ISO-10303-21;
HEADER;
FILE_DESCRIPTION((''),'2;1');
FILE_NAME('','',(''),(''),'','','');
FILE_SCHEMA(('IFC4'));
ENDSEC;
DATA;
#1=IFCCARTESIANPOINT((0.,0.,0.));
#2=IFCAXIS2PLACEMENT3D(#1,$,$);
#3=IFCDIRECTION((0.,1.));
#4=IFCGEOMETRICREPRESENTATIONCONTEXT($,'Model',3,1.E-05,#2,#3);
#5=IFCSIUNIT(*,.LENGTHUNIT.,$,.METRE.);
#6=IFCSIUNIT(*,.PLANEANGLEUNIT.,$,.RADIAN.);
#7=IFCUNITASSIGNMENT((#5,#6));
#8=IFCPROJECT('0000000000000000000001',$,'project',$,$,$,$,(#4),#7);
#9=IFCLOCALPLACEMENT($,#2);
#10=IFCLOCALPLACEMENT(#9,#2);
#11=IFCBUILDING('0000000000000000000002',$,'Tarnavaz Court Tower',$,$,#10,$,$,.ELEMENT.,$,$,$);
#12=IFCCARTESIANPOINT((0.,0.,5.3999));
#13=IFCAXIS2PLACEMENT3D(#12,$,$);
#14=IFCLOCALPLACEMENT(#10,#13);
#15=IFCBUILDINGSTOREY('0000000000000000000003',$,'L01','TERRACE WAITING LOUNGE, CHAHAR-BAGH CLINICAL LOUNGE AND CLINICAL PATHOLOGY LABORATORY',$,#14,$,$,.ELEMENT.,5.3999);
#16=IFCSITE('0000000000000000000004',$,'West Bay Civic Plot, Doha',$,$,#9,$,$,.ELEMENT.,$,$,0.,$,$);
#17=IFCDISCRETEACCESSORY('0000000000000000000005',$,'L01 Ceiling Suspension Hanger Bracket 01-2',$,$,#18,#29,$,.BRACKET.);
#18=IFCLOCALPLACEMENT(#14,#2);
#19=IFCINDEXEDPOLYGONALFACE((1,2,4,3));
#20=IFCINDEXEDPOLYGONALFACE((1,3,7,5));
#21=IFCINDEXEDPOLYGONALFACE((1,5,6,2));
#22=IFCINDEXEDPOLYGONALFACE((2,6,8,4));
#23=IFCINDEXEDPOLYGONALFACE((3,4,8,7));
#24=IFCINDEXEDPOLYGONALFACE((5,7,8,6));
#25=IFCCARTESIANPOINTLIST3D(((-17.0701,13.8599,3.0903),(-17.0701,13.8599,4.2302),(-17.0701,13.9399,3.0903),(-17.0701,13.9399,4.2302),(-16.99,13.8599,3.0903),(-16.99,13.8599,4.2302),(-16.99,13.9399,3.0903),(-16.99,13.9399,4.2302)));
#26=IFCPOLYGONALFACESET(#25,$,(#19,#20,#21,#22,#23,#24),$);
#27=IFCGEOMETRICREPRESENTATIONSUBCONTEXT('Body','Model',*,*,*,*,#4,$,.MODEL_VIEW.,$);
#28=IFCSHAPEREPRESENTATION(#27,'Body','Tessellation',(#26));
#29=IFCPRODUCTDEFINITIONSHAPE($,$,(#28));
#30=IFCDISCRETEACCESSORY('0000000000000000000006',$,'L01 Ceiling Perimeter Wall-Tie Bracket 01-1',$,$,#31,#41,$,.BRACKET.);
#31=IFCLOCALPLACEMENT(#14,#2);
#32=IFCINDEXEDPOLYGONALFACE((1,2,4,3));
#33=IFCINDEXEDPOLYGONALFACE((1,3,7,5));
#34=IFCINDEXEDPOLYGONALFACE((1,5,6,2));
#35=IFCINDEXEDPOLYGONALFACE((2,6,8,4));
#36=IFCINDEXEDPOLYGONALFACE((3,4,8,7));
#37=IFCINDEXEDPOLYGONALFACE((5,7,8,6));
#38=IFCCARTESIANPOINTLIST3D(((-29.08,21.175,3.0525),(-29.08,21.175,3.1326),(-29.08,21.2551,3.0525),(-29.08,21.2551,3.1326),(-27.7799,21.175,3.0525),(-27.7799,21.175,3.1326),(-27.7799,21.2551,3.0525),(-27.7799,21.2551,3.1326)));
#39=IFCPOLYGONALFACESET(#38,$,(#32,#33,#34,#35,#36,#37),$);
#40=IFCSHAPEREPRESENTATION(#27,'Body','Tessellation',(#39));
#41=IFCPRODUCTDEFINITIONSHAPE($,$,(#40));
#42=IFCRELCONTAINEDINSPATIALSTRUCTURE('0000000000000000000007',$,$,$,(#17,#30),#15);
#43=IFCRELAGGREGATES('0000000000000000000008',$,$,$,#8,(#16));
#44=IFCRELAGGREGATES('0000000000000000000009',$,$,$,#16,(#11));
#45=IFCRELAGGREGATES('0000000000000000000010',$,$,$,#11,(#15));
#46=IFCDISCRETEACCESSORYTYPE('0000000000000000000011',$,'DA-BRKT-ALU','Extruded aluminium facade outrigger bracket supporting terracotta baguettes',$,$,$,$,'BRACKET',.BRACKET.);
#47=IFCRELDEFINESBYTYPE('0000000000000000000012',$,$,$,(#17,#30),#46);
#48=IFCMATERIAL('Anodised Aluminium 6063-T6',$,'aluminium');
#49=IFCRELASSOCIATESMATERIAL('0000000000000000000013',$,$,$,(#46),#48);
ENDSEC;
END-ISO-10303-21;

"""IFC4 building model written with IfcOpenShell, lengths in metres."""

from ifc_helpers import new_model, si_unit, direction, frame, origin, origin_2d, place, context, subcontext, project, spatial, rectangle, extrude, material, type_object, element, save


model = new_model("IFC4")

# Units and contexts
model_context = context("Model", 3, precision=1e-05, world=origin(), true_north=direction((0.0, 1.0)))
body_context = subcontext(model_context, "Body", "Model", "MODEL_VIEW")
ifc_project = project(units=[si_unit("LENGTHUNIT", "METRE"), si_unit("PLANEANGLEUNIT", "RADIAN")], contexts=[model_context])

# Site, building, storey
site_placement = place(None, origin())
site = spatial("IfcSite", under=ifc_project, at=site_placement, Name="West Bay Civic Plot, Doha", CompositionType="ELEMENT", RefElevation=0.0)
building_placement = place(site_placement, origin())
building = spatial("IfcBuilding", under=site, at=building_placement, Name="Tarnavaz Court Tower", CompositionType="ELEMENT")
storey_placement = place(building_placement, frame((0.0, 0.0, 5.3999)))
storey = spatial("IfcBuildingStorey", under=building, at=storey_placement, Name="L01", Description="TERRACE WAITING LOUNGE, CHAHAR-BAGH CLINICAL LOUNGE AND CLINICAL PATHOLOGY LABORATORY", CompositionType="ELEMENT", Elevation=5.3999)

# Discrete accessories
ifc_material_1 = material(Name="Anodised Aluminium 6063-T6", Category="aluminium")
discrete_accessory_type = type_object("IfcDiscreteAccessoryType", Name="DA-BRKT-ALU", Description="Extruded aluminium facade outrigger bracket supporting terracotta baguettes", ElementType="BRACKET", PredefinedType="BRACKET", material=ifc_material_1)
for number, where, z_axis, x_axis, name in (
    (1, (-17.03, 13.8999, 3.0903), (0.0, 0.0, 1.0), (1.0, 0.0, 0.0), "L01 Ceiling Suspension Hanger Bracket 01-2"),
):
    element("IfcDiscreteAccessory", number, at=place(storey_placement, frame(where, z_axis=z_axis, x_axis=x_axis)), inside=storey, type_object=discrete_accessory_type, Name=name, PredefinedType="BRACKET", context=body_context, shape_type="SweptSolid", body=[
        extrude(rectangle(XDim=0.0801, YDim=0.0801, at=origin_2d()), origin(), (0.0, 0.0, 1.0), 1.1399),
    ])
discrete_accessory_placement = place(storey_placement, frame((-28.4299, 21.2151, 3.0525), z_axis=(0.0, 0.0, 1.0), x_axis=(1.0, 0.0, 0.0)))
element("IfcDiscreteAccessory", 2, at=discrete_accessory_placement, inside=storey, type_object=discrete_accessory_type, Name="L01 Ceiling Perimeter Wall-Tie Bracket 01-1", PredefinedType="BRACKET", context=body_context, shape_type="SweptSolid", body=[
    extrude(rectangle(XDim=1.3, YDim=0.0801, at=origin_2d()), origin(), (0.0, 0.0, 1.0), 0.0801),
])

save(model, "model.ifc")
